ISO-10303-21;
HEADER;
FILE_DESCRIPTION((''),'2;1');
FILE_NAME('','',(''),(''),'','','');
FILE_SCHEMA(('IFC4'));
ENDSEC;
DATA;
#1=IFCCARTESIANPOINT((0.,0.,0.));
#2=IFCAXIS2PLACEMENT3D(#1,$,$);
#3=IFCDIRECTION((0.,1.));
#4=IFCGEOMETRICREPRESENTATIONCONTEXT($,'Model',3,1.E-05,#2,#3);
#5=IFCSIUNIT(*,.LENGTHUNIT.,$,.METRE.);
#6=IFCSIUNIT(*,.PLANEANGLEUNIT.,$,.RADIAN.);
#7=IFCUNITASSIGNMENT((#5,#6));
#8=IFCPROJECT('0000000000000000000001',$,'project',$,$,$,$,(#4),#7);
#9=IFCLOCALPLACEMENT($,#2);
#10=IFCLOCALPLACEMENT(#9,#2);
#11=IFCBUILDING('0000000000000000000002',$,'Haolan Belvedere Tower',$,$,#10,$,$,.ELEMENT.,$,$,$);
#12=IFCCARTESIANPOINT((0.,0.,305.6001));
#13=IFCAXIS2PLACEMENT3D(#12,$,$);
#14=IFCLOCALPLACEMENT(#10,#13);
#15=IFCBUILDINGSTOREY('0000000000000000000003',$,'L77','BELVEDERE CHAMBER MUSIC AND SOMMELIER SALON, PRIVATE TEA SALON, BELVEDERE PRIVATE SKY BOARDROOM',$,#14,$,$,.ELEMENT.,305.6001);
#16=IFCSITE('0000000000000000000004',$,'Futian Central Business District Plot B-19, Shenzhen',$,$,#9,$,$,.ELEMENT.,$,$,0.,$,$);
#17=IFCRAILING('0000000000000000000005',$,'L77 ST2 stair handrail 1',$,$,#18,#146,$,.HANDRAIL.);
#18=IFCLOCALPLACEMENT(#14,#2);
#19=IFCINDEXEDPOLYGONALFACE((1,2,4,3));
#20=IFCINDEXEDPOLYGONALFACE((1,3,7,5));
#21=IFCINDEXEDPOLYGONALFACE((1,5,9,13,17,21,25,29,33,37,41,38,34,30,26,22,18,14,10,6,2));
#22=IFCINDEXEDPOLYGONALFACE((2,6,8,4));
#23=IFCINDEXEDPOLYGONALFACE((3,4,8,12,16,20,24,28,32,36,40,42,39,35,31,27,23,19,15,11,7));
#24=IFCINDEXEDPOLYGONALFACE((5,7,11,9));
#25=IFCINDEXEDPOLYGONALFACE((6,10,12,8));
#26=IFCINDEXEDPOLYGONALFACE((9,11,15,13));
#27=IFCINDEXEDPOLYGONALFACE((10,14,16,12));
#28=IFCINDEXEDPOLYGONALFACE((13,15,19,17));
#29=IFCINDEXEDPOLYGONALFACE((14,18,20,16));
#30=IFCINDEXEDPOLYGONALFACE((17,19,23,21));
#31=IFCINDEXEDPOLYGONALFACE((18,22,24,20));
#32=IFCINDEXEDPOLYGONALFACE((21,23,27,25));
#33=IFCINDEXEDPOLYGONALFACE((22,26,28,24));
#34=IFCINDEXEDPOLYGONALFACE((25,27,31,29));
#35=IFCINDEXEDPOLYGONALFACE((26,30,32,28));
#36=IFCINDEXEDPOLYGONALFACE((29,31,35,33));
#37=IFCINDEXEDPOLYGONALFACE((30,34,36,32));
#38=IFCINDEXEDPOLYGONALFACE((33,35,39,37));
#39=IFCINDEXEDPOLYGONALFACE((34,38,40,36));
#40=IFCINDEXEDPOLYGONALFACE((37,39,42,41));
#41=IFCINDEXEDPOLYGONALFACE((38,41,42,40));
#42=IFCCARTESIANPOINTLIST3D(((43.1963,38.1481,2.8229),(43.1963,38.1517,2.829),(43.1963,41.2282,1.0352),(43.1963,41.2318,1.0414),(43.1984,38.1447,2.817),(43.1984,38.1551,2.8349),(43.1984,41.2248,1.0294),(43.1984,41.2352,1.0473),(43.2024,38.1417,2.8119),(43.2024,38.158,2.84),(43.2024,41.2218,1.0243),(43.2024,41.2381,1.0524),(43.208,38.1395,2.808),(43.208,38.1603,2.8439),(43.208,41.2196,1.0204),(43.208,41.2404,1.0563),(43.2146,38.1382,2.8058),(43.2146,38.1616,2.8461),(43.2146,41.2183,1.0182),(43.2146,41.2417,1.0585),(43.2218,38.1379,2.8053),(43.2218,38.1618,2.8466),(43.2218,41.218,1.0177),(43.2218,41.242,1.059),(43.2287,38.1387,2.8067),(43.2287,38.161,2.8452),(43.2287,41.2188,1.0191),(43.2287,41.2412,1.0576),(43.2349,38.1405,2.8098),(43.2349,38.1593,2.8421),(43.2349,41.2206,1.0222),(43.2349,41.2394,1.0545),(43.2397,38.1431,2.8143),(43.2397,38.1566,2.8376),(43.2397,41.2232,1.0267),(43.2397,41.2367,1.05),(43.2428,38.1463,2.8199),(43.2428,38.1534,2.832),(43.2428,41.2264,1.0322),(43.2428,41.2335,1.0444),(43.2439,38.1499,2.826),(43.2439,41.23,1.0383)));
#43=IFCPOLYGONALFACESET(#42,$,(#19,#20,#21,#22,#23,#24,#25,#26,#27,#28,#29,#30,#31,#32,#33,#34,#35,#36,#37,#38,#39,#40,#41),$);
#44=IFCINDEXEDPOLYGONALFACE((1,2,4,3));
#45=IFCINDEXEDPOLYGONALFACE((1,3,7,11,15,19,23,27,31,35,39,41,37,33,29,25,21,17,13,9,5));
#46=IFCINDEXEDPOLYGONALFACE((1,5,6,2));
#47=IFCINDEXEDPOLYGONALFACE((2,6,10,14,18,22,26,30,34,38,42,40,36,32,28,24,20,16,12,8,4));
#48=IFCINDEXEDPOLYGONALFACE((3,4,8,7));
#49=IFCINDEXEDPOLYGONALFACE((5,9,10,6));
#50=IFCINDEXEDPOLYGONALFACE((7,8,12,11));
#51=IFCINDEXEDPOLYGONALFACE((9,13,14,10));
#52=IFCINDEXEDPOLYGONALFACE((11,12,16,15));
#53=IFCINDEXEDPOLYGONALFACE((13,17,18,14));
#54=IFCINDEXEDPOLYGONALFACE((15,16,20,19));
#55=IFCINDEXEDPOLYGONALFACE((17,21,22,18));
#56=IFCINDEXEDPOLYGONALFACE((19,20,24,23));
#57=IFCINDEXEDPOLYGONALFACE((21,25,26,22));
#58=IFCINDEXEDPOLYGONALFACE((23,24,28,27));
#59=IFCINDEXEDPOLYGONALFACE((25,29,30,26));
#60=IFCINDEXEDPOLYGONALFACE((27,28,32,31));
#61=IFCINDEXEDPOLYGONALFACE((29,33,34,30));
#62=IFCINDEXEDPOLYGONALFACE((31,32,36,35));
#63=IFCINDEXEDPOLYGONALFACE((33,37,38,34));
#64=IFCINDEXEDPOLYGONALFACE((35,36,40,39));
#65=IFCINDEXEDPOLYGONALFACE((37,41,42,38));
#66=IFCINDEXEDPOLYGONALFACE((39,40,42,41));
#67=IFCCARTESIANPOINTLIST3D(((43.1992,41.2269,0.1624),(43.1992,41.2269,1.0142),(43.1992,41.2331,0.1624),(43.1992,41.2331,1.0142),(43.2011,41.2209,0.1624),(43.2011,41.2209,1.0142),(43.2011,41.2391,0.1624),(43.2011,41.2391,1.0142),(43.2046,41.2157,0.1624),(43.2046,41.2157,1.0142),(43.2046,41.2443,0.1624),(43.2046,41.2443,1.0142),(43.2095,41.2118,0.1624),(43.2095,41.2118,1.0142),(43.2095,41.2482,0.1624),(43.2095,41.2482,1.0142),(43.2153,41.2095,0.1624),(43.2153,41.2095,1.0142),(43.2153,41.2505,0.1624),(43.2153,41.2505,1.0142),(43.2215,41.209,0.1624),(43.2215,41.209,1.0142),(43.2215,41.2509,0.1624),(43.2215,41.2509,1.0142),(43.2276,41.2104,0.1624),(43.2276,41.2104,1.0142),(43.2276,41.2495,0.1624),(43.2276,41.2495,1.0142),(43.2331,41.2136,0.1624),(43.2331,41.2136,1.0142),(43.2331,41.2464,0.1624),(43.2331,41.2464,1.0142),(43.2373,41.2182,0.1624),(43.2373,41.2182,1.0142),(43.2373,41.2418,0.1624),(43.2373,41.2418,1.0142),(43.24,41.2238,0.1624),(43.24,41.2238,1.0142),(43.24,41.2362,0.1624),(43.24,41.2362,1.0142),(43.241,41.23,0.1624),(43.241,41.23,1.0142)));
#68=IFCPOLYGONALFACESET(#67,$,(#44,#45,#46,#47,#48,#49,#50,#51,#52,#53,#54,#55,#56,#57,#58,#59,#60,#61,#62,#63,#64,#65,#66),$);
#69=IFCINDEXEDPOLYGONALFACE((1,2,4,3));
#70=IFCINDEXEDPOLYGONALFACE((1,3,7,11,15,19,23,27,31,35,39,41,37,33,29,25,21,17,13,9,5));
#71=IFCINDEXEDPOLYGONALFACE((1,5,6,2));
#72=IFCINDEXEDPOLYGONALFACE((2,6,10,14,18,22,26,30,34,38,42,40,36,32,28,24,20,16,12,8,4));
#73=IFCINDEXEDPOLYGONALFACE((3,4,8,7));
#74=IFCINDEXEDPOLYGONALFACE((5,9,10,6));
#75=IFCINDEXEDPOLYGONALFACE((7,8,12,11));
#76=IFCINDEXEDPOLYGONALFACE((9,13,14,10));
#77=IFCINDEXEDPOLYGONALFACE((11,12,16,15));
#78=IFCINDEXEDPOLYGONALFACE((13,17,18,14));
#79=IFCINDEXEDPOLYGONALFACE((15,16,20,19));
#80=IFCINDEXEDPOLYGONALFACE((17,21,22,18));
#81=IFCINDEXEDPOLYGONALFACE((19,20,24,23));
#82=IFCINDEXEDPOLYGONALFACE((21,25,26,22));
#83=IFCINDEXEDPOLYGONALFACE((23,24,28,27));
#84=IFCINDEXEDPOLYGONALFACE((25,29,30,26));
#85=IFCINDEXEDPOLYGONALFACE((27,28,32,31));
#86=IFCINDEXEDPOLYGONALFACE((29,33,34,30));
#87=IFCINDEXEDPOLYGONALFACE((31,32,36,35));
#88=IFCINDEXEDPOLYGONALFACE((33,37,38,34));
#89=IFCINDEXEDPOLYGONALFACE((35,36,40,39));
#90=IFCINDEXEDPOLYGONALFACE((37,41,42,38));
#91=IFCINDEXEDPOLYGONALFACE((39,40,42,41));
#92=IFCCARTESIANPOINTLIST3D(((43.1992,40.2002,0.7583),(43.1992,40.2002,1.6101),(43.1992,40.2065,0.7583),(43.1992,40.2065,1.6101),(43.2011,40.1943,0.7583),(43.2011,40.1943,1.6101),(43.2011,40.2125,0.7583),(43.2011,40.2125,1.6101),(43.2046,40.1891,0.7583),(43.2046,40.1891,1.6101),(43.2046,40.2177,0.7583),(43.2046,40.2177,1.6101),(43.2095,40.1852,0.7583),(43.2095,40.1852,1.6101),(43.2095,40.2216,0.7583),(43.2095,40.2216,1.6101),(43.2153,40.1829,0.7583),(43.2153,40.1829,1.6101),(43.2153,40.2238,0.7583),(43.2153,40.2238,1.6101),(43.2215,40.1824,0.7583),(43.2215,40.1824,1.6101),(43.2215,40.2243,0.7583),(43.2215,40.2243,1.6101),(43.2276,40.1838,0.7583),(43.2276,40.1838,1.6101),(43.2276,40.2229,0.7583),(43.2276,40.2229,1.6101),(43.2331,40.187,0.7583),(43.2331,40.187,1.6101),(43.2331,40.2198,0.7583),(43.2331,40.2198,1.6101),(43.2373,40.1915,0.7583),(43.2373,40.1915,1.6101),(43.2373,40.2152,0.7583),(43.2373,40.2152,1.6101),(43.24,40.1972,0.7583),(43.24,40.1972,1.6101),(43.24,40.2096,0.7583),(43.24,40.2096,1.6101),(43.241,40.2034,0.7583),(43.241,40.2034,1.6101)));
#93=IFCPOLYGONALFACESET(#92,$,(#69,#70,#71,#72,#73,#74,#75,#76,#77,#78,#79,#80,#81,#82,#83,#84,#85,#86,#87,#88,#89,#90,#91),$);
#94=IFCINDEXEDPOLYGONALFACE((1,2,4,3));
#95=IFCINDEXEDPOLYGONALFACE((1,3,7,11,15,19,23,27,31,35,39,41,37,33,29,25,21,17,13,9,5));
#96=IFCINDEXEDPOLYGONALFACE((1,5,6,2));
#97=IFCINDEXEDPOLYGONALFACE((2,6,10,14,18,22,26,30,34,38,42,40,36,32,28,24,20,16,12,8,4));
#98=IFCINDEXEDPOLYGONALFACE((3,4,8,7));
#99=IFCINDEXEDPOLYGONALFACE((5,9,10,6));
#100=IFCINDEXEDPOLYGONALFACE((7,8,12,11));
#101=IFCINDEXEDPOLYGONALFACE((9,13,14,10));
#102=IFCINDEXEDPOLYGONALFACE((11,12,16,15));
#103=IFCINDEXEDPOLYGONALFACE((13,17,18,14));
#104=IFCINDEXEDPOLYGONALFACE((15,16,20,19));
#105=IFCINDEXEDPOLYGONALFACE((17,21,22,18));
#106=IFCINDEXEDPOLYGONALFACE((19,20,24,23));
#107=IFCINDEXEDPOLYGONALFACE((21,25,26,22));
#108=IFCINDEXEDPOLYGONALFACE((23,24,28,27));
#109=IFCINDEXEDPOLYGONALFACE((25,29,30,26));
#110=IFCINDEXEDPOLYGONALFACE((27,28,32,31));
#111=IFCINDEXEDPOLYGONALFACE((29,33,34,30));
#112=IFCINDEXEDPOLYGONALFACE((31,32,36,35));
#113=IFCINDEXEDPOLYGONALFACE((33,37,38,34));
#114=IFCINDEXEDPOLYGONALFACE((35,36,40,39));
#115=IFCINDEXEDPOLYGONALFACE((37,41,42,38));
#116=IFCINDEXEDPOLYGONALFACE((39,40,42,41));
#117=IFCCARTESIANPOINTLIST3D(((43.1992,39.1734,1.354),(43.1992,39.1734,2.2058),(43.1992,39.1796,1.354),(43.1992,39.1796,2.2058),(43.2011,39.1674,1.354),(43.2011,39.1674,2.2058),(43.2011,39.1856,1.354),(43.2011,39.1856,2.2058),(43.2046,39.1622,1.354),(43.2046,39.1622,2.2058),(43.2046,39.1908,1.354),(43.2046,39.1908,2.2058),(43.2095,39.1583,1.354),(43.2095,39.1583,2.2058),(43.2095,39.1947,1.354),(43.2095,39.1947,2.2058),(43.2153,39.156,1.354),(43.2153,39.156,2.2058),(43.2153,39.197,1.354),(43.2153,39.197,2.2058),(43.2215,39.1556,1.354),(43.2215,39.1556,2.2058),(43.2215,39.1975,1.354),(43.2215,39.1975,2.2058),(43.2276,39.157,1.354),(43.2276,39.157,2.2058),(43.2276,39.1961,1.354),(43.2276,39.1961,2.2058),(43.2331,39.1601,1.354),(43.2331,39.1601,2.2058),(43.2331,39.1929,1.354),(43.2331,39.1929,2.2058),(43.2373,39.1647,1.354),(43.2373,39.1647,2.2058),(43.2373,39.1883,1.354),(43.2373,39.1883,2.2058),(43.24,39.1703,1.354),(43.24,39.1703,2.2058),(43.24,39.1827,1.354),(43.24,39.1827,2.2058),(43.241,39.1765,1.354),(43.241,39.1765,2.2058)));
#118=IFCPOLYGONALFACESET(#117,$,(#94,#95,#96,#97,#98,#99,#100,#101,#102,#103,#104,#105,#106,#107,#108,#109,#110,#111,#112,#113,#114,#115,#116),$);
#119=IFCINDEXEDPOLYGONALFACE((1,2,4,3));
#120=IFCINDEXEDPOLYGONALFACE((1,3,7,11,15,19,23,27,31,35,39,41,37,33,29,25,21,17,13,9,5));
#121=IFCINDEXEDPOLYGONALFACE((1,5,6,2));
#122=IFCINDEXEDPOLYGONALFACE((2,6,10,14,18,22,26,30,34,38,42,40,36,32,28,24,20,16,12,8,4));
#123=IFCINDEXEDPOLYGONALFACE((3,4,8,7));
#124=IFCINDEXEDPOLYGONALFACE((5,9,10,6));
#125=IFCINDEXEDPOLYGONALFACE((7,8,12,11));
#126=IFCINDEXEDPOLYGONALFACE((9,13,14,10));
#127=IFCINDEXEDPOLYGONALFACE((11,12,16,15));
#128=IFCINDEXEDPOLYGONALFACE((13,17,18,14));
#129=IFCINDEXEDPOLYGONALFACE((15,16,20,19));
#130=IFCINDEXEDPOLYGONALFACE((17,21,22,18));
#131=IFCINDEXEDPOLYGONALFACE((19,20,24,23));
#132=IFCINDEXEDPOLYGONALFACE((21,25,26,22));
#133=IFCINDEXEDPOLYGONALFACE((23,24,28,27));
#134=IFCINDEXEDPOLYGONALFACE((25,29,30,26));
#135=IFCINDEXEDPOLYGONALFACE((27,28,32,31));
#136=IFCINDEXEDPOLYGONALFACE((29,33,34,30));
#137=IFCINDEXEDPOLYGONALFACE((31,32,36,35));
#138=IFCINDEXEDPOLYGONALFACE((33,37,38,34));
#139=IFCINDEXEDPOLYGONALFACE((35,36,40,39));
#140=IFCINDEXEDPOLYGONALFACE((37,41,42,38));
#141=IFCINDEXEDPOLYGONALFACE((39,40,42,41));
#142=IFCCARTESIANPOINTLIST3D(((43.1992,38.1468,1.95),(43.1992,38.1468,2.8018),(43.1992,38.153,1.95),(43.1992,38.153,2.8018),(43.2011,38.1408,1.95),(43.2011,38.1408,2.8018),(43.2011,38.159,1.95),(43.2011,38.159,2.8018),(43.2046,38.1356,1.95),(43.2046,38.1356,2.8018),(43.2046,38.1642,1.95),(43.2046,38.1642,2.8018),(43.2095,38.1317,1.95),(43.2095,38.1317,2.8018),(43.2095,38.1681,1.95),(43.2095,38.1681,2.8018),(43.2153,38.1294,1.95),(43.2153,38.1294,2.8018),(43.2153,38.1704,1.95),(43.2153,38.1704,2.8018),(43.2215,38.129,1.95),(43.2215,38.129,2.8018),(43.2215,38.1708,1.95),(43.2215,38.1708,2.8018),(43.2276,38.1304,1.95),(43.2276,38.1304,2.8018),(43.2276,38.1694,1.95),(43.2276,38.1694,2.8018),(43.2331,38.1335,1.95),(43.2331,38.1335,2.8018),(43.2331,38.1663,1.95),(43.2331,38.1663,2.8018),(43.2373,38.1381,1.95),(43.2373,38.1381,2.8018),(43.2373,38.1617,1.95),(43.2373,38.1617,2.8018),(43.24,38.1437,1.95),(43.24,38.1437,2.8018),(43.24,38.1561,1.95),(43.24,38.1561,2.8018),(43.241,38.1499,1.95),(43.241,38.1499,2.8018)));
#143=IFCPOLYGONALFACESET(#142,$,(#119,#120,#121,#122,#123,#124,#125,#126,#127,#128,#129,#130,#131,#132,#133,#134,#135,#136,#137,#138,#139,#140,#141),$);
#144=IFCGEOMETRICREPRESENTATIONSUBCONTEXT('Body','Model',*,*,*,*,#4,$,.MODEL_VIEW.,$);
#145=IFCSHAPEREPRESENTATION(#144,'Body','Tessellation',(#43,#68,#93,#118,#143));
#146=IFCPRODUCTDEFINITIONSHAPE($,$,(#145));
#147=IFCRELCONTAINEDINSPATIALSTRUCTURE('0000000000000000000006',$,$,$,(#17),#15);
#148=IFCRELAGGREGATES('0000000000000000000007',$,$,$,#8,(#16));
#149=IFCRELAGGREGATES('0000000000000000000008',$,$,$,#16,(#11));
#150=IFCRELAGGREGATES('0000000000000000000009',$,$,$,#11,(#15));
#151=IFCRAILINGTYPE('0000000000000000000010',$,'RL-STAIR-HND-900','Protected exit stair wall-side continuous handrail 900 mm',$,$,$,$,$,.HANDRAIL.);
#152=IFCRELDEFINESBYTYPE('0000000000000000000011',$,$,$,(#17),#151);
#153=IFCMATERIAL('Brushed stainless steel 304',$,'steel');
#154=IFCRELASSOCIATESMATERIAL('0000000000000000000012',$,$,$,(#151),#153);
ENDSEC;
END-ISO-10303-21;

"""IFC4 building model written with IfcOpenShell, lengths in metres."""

from ifc_helpers import new_model, si_unit, direction, frame, origin, origin_2d, place, context, subcontext, project, spatial, circle, extrude, material, type_object, element, save


model = new_model("IFC4")

# Units and contexts
model_context = context("Model", 3, precision=1e-05, world=origin(), true_north=direction((0.0, 1.0)))
body_context = subcontext(model_context, "Body", "Model", "MODEL_VIEW")
ifc_project = project(units=[si_unit("LENGTHUNIT", "METRE"), si_unit("PLANEANGLEUNIT", "RADIAN")], contexts=[model_context])

# Site, building, storey
site_placement = place(None, origin())
site = spatial("IfcSite", under=ifc_project, at=site_placement, Name="Futian Central Business District Plot B-19, Shenzhen", CompositionType="ELEMENT", RefElevation=0.0)
building_placement = place(site_placement, origin())
building = spatial("IfcBuilding", under=site, at=building_placement, Name="Haolan Belvedere Tower", CompositionType="ELEMENT")
storey_placement = place(building_placement, frame((0.0, 0.0, 305.6001)))
storey = spatial("IfcBuildingStorey", under=building, at=storey_placement, Name="L77", Description="BELVEDERE CHAMBER MUSIC AND SOMMELIER SALON, PRIVATE TEA SALON, BELVEDERE PRIVATE SKY BOARDROOM", CompositionType="ELEMENT", Elevation=305.6001)

# Railing
ifc_material_1 = material(Name="Brushed stainless steel 304", Category="steel")
railing_type_1 = type_object("IfcRailingType", Name="RL-STAIR-HND-900", Description="Protected exit stair wall-side continuous handrail 900 mm", PredefinedType="HANDRAIL", material=ifc_material_1)
railing_1_placement = place(storey_placement, frame((43.22, 41.23, 0.1624)))
element("IfcRailing", 1, at=railing_1_placement, inside=storey, type_object=railing_type_1, Name="L77 ST2 stair handrail 1", PredefinedType="HANDRAIL", context=body_context, shape_type="SweptSolid", body=[
    extrude(circle(Radius=0.0239, at=origin_2d()), frame((0.0, 0.0, 0.876), z_axis=(0.0, -0.864891, 0.50196), x_axis=(1.0, 0.0, 0.0)), (0.0, 0.0, 1.0), 3.5613),
    extrude(circle(Radius=0.021, at=origin_2d()), origin(), (0.0, 0.0, 1.0), 0.8518),
    extrude(circle(Radius=0.021, at=origin_2d()), frame((0.0, -1.0266, 0.5959)), (0.0, 0.0, 1.0), 0.8518),
    extrude(circle(Radius=0.021, at=origin_2d()), frame((0.0, -2.0535, 1.1917)), (0.0, 0.0, 1.0), 0.8518),
    extrude(circle(Radius=0.021, at=origin_2d()), frame((0.0, -3.0801, 1.7876)), (0.0, 0.0, 1.0), 0.8518),
])

save(model, "model.ifc")
